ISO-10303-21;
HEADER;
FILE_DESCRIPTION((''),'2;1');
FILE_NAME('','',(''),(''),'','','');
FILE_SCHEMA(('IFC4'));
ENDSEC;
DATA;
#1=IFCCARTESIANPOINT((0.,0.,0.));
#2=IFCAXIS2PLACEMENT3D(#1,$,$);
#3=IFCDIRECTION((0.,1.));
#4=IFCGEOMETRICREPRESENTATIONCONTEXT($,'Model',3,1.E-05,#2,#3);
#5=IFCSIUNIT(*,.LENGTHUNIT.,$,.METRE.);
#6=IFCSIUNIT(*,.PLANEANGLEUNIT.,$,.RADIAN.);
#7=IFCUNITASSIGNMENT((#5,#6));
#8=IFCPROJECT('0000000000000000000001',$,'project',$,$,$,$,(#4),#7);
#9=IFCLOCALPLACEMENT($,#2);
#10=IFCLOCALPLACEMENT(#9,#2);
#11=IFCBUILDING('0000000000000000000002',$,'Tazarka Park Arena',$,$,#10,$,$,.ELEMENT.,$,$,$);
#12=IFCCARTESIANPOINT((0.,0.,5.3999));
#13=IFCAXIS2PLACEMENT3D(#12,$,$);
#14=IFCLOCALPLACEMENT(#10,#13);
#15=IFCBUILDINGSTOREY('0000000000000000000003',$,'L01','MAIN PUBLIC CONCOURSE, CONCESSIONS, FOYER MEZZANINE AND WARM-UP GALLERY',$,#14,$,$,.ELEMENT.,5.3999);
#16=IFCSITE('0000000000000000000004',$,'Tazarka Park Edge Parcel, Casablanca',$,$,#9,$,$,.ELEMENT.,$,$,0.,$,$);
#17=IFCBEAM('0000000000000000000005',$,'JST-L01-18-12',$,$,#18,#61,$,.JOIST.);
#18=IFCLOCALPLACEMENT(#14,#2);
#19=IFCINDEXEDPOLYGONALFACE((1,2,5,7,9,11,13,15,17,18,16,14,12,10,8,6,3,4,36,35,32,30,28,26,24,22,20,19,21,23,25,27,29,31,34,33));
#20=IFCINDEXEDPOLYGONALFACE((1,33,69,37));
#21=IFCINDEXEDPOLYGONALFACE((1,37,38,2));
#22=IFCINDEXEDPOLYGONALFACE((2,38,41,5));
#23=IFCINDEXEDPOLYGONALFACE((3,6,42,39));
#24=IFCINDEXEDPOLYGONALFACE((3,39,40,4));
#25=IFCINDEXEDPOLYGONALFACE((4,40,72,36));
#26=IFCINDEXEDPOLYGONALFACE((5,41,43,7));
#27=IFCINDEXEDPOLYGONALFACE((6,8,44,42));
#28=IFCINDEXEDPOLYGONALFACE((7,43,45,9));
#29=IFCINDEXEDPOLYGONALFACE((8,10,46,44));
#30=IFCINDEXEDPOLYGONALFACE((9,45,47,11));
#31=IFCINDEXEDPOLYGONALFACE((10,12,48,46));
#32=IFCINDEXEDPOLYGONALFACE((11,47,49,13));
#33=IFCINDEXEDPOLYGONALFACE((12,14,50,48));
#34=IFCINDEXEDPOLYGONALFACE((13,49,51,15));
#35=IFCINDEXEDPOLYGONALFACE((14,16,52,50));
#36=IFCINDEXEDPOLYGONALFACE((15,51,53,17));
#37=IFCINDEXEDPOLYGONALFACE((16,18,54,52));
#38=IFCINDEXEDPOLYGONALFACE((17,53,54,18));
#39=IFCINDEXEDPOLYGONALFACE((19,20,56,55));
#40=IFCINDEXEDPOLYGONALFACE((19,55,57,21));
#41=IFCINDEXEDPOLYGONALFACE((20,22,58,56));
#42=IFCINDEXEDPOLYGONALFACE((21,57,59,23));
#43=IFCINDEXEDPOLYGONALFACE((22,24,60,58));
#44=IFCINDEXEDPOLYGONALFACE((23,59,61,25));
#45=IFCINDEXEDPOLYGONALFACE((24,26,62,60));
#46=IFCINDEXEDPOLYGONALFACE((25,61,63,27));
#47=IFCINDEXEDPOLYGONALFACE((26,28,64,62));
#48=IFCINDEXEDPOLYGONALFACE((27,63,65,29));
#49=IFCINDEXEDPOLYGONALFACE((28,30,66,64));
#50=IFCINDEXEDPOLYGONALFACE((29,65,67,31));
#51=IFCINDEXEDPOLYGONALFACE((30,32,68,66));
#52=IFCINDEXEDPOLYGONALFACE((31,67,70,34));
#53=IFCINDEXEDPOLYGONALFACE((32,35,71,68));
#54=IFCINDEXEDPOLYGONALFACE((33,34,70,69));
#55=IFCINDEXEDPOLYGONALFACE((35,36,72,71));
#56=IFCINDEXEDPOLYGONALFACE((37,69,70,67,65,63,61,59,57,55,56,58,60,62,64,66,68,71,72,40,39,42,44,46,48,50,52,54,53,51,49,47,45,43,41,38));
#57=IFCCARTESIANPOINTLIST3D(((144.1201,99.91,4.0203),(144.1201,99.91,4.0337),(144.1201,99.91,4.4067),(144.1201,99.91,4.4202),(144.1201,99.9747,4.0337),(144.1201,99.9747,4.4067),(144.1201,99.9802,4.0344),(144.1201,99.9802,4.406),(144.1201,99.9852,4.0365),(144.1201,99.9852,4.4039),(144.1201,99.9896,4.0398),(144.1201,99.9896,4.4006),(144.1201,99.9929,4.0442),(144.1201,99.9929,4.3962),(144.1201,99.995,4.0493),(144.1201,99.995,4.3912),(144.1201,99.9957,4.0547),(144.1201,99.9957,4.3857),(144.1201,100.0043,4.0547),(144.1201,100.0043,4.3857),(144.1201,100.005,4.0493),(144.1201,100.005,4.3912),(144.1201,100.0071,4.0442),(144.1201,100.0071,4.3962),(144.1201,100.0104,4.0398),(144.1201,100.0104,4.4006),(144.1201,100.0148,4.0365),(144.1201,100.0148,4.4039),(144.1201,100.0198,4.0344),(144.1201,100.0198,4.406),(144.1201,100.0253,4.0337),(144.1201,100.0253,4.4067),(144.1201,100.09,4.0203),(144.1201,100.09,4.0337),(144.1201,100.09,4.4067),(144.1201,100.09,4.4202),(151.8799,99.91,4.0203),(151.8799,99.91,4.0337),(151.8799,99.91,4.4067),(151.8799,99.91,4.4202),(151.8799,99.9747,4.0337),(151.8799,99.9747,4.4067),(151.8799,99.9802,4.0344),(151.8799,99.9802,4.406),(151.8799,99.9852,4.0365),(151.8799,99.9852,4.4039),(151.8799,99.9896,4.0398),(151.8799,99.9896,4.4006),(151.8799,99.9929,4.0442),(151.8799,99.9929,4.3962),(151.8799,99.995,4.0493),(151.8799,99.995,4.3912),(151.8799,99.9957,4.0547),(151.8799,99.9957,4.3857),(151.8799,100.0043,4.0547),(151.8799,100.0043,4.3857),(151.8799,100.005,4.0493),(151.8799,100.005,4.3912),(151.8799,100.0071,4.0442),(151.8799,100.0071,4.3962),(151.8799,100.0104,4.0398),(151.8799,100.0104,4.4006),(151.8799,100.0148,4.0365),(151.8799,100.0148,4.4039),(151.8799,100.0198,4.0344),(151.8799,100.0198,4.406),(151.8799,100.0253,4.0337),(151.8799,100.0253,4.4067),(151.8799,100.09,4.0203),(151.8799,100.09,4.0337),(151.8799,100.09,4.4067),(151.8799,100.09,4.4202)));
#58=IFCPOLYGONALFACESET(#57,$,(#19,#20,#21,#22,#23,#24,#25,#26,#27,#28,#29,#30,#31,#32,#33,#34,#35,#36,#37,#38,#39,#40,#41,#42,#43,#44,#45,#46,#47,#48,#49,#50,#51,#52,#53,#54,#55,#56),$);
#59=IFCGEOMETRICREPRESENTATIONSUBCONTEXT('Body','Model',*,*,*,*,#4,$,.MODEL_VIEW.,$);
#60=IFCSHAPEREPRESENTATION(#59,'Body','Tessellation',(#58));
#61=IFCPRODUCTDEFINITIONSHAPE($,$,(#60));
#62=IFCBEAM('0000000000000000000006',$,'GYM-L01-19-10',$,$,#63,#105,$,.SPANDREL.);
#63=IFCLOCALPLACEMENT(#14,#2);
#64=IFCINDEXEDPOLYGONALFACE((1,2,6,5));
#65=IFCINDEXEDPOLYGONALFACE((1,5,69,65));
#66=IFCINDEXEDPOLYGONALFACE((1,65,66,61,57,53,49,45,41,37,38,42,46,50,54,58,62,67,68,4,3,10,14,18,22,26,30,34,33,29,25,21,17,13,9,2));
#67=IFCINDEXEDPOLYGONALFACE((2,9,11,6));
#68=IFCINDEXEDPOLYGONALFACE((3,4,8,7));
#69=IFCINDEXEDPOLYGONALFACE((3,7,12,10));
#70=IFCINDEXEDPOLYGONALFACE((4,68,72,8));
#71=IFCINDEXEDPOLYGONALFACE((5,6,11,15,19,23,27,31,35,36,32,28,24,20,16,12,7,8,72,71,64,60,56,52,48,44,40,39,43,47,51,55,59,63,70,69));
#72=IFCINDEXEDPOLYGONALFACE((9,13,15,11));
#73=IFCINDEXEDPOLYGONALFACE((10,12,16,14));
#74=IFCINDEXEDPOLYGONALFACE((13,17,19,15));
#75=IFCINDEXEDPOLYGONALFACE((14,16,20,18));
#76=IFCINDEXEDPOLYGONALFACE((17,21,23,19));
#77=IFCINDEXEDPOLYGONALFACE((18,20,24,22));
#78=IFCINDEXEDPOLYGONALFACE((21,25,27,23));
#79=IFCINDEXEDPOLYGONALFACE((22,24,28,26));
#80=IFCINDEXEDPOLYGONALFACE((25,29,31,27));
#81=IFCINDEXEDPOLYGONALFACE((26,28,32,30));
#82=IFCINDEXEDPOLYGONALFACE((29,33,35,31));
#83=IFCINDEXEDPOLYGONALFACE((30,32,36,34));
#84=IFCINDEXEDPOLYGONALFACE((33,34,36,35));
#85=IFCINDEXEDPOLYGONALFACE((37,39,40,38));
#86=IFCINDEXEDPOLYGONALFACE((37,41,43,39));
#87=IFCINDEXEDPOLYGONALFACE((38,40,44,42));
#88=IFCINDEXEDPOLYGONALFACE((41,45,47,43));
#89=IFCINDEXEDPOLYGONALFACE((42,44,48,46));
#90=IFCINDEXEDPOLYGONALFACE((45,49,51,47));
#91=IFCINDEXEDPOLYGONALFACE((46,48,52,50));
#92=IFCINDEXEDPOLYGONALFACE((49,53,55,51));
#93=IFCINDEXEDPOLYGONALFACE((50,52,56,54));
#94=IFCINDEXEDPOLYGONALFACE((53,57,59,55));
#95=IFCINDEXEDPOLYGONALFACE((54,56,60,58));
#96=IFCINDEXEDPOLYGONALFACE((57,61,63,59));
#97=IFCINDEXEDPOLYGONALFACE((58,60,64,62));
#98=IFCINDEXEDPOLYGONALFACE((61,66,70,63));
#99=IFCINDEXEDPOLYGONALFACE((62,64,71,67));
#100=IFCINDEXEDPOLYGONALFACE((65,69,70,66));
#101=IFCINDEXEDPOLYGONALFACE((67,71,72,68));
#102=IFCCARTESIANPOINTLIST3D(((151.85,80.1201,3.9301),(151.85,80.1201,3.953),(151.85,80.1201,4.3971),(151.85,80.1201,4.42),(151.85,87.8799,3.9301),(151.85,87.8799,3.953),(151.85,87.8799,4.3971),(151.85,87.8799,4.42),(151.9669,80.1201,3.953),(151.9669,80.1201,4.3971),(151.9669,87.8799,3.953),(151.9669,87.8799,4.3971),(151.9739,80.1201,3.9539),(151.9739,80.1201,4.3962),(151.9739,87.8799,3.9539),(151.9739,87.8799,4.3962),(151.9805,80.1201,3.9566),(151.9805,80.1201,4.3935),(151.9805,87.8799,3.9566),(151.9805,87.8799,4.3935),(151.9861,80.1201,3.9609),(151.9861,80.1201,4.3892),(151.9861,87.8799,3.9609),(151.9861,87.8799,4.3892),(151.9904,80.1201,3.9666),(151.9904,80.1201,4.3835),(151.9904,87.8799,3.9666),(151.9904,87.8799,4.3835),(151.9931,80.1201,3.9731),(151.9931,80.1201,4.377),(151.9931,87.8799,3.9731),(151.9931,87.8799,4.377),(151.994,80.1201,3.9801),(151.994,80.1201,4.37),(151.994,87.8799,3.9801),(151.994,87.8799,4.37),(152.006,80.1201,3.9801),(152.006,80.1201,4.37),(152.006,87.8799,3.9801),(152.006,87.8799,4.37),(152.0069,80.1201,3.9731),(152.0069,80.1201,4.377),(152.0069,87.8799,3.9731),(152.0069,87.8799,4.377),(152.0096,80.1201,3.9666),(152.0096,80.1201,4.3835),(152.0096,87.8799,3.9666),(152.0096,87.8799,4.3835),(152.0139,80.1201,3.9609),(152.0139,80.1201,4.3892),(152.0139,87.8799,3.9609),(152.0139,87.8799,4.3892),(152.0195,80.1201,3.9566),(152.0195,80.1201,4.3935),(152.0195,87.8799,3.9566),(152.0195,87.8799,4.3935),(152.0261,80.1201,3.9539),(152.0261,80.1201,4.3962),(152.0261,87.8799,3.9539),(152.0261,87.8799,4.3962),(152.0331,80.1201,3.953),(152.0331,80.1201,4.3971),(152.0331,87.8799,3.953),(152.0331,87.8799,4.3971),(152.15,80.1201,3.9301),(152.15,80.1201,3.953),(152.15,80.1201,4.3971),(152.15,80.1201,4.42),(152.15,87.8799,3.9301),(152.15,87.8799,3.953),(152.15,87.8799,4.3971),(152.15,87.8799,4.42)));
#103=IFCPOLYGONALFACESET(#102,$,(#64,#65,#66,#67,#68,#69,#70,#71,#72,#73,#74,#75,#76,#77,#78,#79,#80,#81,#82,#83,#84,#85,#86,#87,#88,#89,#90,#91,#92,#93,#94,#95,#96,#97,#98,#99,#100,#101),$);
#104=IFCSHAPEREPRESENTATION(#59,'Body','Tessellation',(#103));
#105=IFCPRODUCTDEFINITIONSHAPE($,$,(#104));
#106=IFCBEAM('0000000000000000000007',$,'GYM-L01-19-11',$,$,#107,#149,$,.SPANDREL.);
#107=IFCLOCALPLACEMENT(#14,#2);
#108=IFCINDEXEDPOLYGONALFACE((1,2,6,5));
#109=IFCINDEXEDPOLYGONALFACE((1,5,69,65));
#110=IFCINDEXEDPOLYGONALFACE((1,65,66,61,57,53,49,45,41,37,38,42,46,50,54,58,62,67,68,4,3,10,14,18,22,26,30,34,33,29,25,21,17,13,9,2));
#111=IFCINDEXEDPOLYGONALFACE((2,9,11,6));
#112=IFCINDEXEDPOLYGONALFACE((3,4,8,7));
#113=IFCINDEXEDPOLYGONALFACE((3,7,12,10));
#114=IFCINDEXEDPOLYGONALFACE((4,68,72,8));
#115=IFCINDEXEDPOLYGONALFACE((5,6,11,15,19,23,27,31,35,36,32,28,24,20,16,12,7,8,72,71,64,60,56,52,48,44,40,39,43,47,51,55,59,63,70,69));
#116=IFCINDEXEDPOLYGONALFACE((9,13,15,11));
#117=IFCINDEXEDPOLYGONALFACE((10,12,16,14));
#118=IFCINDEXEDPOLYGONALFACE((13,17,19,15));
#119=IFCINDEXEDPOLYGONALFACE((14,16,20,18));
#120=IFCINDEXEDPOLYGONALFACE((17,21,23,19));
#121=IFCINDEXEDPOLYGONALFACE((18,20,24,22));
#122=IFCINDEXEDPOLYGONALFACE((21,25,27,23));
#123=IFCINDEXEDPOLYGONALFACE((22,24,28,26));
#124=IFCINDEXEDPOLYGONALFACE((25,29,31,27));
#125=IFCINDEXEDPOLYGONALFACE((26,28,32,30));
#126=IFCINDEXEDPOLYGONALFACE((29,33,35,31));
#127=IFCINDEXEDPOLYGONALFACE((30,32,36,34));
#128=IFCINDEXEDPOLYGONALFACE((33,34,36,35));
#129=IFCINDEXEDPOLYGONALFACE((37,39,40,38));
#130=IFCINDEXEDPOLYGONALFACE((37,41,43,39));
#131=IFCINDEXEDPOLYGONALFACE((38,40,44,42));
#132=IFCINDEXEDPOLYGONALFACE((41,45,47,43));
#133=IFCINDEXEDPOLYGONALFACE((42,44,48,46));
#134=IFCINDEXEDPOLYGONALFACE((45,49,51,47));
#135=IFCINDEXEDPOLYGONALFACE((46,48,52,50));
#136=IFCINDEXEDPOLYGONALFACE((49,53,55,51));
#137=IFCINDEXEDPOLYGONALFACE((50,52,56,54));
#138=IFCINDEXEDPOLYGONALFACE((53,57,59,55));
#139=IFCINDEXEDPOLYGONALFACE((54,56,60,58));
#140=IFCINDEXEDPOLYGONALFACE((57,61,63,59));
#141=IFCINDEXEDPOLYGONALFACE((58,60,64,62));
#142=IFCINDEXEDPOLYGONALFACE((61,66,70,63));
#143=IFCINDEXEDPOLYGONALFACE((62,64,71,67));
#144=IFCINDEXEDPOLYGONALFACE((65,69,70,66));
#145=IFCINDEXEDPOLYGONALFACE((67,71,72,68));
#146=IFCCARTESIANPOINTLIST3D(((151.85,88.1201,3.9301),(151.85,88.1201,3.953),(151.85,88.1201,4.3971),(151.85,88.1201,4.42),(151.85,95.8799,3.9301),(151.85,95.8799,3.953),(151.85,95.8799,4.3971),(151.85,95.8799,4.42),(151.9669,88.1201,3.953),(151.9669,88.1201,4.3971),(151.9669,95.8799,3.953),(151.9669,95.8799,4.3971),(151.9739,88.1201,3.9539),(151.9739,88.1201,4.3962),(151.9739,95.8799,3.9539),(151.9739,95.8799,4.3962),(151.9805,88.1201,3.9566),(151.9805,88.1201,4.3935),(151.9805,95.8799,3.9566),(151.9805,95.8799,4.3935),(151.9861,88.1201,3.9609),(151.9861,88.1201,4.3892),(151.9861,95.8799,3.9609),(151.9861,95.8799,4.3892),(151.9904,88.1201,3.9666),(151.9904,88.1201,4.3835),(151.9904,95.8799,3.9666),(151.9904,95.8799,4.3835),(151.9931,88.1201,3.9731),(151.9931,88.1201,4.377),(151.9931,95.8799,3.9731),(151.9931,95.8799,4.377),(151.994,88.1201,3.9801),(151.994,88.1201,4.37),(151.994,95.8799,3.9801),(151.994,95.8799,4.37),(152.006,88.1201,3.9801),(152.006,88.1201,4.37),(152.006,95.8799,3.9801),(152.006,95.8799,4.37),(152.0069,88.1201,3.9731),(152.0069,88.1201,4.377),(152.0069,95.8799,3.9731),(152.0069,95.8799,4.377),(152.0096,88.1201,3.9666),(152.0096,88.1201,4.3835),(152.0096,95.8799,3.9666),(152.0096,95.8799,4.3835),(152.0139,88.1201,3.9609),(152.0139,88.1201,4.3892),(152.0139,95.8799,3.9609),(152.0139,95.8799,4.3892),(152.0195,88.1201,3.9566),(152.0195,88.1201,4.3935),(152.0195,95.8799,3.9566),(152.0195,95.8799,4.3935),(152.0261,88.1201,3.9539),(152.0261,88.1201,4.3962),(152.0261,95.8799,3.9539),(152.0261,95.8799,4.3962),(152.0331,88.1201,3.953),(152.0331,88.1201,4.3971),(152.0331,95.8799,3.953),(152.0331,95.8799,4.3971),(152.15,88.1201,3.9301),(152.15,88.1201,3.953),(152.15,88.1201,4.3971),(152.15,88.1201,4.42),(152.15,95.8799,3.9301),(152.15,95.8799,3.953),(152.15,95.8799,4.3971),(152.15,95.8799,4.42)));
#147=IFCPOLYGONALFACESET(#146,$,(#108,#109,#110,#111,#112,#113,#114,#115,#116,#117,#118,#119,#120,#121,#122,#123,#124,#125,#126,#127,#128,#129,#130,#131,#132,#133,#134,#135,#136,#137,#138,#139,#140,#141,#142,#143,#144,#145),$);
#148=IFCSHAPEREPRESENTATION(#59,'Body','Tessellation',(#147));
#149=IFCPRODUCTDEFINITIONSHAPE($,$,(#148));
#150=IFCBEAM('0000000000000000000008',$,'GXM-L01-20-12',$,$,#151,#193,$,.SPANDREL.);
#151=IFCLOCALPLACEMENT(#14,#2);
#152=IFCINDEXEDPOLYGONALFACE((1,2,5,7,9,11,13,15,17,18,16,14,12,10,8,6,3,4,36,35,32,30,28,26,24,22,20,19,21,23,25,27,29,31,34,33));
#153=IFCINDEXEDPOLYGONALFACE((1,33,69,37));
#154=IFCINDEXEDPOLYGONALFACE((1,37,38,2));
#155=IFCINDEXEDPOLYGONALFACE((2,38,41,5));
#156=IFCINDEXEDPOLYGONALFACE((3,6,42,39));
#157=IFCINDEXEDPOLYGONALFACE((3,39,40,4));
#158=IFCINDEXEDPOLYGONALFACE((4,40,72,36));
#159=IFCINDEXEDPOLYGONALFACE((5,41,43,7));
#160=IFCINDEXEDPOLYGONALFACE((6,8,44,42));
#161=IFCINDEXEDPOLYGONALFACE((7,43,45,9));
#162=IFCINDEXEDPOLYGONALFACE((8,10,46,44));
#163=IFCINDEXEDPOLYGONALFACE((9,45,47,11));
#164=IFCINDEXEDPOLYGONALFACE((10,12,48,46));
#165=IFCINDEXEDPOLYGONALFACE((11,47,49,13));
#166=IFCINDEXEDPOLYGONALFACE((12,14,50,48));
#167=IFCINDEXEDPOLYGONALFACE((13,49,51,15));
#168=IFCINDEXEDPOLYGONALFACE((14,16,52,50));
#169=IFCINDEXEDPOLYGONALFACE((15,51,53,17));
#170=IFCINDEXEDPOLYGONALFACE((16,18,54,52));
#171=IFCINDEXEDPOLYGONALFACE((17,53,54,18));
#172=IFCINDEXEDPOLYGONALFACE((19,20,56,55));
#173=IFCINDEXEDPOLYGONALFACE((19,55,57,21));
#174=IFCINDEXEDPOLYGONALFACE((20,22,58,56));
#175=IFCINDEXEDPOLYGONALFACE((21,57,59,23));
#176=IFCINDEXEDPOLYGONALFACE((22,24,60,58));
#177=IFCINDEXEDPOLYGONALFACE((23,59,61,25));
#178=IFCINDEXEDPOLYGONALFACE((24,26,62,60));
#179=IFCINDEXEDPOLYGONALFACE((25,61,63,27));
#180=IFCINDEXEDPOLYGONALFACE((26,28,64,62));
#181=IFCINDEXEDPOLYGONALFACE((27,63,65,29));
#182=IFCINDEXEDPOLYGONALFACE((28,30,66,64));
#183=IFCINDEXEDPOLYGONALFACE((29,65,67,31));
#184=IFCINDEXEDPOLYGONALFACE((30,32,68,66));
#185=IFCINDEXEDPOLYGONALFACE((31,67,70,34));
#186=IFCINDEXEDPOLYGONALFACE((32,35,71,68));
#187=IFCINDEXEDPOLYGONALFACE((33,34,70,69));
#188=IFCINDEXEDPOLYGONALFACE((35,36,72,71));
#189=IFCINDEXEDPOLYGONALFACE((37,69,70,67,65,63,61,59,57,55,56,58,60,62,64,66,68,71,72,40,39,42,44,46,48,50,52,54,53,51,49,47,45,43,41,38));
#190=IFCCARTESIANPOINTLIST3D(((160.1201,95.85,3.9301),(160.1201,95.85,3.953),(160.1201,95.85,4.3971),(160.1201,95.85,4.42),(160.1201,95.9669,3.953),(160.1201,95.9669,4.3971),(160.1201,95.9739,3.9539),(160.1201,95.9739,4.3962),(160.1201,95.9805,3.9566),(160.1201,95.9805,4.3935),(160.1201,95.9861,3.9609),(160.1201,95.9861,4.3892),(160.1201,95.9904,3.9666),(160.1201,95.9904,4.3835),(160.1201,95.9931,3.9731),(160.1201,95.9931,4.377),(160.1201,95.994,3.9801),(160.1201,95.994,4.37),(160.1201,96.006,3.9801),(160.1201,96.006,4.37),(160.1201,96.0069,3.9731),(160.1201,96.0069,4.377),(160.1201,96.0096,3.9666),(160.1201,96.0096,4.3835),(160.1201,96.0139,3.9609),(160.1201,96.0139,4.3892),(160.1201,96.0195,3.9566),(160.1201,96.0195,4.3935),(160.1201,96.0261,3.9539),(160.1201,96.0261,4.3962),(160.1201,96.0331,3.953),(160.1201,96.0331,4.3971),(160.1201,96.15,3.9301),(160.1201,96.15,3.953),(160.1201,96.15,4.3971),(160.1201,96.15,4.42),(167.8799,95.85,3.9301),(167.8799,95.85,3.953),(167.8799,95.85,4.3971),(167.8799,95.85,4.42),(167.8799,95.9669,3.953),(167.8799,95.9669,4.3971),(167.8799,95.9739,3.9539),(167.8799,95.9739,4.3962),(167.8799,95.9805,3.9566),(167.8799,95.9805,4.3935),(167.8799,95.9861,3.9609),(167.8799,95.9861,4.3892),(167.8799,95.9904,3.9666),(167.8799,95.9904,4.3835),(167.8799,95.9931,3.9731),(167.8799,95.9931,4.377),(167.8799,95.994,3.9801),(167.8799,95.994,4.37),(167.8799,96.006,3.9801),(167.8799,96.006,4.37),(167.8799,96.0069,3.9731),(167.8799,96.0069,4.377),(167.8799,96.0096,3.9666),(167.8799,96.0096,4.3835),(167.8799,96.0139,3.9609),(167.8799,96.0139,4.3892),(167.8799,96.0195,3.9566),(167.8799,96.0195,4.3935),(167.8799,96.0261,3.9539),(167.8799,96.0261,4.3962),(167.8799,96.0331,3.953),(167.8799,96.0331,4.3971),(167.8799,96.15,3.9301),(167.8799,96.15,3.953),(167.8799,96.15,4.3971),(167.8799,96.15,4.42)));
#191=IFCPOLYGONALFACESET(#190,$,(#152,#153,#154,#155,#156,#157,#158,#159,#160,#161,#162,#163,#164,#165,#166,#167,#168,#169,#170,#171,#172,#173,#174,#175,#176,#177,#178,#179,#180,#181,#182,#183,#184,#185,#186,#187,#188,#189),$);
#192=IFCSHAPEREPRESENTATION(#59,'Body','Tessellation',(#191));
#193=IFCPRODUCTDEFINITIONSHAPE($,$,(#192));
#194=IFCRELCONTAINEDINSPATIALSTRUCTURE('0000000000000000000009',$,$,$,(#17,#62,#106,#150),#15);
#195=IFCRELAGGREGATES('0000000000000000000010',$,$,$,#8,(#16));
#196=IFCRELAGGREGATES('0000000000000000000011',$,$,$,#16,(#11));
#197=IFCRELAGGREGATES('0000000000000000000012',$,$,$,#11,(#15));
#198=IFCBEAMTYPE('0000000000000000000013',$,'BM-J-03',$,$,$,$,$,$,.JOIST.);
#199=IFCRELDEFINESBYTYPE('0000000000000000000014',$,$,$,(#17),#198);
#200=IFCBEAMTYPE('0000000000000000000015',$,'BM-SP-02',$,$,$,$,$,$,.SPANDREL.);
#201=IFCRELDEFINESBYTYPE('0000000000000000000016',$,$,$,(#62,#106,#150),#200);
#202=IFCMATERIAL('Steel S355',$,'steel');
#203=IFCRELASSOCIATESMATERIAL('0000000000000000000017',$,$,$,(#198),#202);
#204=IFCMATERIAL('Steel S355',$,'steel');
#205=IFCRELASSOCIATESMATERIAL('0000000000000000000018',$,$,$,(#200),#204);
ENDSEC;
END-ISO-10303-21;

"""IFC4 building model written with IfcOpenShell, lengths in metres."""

from ifc_helpers import new_model, si_unit, direction, frame, origin, origin_2d, place, context, subcontext, project, spatial, i_section, extrude, material, material_profile, profile_set, type_object, element, save


model = new_model("IFC4")

# Units and contexts
model_context = context("Model", 3, precision=1e-05, world=origin(), true_north=direction((0.0, 1.0)))
body_context = subcontext(model_context, "Body", "Model", "MODEL_VIEW")
ifc_project = project(units=[si_unit("LENGTHUNIT", "METRE"), si_unit("PLANEANGLEUNIT", "RADIAN")], contexts=[model_context])

# Site, building, storey
site_placement = place(None, origin())
site = spatial("IfcSite", under=ifc_project, at=site_placement, Name="Tazarka Park Edge Parcel, Casablanca", CompositionType="ELEMENT", RefElevation=0.0)
building_placement = place(site_placement, origin())
building = spatial("IfcBuilding", under=site, at=building_placement, Name="Tazarka Park Arena", CompositionType="ELEMENT")
storey_placement = place(building_placement, frame((0.0, 0.0, 5.3999)))
storey = spatial("IfcBuildingStorey", under=building, at=storey_placement, Name="L01", Description="MAIN PUBLIC CONCOURSE, CONCESSIONS, FOYER MEZZANINE AND WARM-UP GALLERY", CompositionType="ELEMENT", Elevation=5.3999)

# Beams
ifc_material_1 = material(Name="Steel S355", Category="steel")
ifc_material_profile_1 = material_profile(ifc_material_1, i_section(OverallWidth=0.1799, OverallDepth=0.3999, WebThickness=0.0085, FlangeThickness=0.0134, FilletRadius=0.021, at=origin_2d()), Name="Steel S355")
ifc_profile_set_1 = profile_set([ifc_material_profile_1], Name="Steel S355")
beam_type_1 = type_object("IfcBeamType", Name="BM-J-03", PredefinedType="JOIST", material=ifc_profile_set_1)
beam_1_placement = place(storey_placement, frame((144.1201, 100.0, 4.2202), z_axis=(1.0, 0.0, 0.0), x_axis=(0.0, 1.0, 0.0)))
element("IfcBeam", 1, at=beam_1_placement, inside=storey, type_object=beam_type_1, Name="JST-L01-18-12", PredefinedType="JOIST", context=body_context, shape_type="SweptSolid", body=[
    extrude(i_section(OverallWidth=0.1799, OverallDepth=0.3999, WebThickness=0.0085, FlangeThickness=0.0134, FilletRadius=0.021, at=origin_2d()), origin(), (0.0, 0.0, 1.0), 7.7598),
])
ifc_material_2 = material(Name="Steel S355", Category="steel")
ifc_material_profile_2 = material_profile(ifc_material_2, i_section(OverallWidth=0.3, OverallDepth=0.49, WebThickness=0.012, FlangeThickness=0.0229, FilletRadius=0.0271, at=origin_2d()), Name="Steel S355")
ifc_profile_set_2 = profile_set([ifc_material_profile_2], Name="Steel S355")
beam_type_2 = type_object("IfcBeamType", Name="BM-SP-02", PredefinedType="SPANDREL", material=ifc_profile_set_2)
for number, where, z_axis, x_axis, name in (
    (2, (152.0, 80.1201, 4.175), (0.0, 1.0, 0.0), (-1.0, 0.0, 0.0), "GYM-L01-19-10"),
    (3, (152.0, 88.1201, 4.175), (0.0, 1.0, 0.0), (-1.0, 0.0, 0.0), "GYM-L01-19-11"),
    (4, (160.1201, 96.0, 4.175), (1.0, 0.0, 0.0), (0.0, 1.0, 0.0), "GXM-L01-20-12"),
):
    element("IfcBeam", number, at=place(storey_placement, frame(where, z_axis=z_axis, x_axis=x_axis)), inside=storey, type_object=beam_type_2, Name=name, PredefinedType="SPANDREL", context=body_context, shape_type="SweptSolid", body=[
        extrude(i_section(OverallWidth=0.3, OverallDepth=0.49, WebThickness=0.012, FlangeThickness=0.0229, FilletRadius=0.0271, at=origin_2d()), origin(), (0.0, 0.0, 1.0), 7.7598),
    ])

save(model, "model.ifc")
